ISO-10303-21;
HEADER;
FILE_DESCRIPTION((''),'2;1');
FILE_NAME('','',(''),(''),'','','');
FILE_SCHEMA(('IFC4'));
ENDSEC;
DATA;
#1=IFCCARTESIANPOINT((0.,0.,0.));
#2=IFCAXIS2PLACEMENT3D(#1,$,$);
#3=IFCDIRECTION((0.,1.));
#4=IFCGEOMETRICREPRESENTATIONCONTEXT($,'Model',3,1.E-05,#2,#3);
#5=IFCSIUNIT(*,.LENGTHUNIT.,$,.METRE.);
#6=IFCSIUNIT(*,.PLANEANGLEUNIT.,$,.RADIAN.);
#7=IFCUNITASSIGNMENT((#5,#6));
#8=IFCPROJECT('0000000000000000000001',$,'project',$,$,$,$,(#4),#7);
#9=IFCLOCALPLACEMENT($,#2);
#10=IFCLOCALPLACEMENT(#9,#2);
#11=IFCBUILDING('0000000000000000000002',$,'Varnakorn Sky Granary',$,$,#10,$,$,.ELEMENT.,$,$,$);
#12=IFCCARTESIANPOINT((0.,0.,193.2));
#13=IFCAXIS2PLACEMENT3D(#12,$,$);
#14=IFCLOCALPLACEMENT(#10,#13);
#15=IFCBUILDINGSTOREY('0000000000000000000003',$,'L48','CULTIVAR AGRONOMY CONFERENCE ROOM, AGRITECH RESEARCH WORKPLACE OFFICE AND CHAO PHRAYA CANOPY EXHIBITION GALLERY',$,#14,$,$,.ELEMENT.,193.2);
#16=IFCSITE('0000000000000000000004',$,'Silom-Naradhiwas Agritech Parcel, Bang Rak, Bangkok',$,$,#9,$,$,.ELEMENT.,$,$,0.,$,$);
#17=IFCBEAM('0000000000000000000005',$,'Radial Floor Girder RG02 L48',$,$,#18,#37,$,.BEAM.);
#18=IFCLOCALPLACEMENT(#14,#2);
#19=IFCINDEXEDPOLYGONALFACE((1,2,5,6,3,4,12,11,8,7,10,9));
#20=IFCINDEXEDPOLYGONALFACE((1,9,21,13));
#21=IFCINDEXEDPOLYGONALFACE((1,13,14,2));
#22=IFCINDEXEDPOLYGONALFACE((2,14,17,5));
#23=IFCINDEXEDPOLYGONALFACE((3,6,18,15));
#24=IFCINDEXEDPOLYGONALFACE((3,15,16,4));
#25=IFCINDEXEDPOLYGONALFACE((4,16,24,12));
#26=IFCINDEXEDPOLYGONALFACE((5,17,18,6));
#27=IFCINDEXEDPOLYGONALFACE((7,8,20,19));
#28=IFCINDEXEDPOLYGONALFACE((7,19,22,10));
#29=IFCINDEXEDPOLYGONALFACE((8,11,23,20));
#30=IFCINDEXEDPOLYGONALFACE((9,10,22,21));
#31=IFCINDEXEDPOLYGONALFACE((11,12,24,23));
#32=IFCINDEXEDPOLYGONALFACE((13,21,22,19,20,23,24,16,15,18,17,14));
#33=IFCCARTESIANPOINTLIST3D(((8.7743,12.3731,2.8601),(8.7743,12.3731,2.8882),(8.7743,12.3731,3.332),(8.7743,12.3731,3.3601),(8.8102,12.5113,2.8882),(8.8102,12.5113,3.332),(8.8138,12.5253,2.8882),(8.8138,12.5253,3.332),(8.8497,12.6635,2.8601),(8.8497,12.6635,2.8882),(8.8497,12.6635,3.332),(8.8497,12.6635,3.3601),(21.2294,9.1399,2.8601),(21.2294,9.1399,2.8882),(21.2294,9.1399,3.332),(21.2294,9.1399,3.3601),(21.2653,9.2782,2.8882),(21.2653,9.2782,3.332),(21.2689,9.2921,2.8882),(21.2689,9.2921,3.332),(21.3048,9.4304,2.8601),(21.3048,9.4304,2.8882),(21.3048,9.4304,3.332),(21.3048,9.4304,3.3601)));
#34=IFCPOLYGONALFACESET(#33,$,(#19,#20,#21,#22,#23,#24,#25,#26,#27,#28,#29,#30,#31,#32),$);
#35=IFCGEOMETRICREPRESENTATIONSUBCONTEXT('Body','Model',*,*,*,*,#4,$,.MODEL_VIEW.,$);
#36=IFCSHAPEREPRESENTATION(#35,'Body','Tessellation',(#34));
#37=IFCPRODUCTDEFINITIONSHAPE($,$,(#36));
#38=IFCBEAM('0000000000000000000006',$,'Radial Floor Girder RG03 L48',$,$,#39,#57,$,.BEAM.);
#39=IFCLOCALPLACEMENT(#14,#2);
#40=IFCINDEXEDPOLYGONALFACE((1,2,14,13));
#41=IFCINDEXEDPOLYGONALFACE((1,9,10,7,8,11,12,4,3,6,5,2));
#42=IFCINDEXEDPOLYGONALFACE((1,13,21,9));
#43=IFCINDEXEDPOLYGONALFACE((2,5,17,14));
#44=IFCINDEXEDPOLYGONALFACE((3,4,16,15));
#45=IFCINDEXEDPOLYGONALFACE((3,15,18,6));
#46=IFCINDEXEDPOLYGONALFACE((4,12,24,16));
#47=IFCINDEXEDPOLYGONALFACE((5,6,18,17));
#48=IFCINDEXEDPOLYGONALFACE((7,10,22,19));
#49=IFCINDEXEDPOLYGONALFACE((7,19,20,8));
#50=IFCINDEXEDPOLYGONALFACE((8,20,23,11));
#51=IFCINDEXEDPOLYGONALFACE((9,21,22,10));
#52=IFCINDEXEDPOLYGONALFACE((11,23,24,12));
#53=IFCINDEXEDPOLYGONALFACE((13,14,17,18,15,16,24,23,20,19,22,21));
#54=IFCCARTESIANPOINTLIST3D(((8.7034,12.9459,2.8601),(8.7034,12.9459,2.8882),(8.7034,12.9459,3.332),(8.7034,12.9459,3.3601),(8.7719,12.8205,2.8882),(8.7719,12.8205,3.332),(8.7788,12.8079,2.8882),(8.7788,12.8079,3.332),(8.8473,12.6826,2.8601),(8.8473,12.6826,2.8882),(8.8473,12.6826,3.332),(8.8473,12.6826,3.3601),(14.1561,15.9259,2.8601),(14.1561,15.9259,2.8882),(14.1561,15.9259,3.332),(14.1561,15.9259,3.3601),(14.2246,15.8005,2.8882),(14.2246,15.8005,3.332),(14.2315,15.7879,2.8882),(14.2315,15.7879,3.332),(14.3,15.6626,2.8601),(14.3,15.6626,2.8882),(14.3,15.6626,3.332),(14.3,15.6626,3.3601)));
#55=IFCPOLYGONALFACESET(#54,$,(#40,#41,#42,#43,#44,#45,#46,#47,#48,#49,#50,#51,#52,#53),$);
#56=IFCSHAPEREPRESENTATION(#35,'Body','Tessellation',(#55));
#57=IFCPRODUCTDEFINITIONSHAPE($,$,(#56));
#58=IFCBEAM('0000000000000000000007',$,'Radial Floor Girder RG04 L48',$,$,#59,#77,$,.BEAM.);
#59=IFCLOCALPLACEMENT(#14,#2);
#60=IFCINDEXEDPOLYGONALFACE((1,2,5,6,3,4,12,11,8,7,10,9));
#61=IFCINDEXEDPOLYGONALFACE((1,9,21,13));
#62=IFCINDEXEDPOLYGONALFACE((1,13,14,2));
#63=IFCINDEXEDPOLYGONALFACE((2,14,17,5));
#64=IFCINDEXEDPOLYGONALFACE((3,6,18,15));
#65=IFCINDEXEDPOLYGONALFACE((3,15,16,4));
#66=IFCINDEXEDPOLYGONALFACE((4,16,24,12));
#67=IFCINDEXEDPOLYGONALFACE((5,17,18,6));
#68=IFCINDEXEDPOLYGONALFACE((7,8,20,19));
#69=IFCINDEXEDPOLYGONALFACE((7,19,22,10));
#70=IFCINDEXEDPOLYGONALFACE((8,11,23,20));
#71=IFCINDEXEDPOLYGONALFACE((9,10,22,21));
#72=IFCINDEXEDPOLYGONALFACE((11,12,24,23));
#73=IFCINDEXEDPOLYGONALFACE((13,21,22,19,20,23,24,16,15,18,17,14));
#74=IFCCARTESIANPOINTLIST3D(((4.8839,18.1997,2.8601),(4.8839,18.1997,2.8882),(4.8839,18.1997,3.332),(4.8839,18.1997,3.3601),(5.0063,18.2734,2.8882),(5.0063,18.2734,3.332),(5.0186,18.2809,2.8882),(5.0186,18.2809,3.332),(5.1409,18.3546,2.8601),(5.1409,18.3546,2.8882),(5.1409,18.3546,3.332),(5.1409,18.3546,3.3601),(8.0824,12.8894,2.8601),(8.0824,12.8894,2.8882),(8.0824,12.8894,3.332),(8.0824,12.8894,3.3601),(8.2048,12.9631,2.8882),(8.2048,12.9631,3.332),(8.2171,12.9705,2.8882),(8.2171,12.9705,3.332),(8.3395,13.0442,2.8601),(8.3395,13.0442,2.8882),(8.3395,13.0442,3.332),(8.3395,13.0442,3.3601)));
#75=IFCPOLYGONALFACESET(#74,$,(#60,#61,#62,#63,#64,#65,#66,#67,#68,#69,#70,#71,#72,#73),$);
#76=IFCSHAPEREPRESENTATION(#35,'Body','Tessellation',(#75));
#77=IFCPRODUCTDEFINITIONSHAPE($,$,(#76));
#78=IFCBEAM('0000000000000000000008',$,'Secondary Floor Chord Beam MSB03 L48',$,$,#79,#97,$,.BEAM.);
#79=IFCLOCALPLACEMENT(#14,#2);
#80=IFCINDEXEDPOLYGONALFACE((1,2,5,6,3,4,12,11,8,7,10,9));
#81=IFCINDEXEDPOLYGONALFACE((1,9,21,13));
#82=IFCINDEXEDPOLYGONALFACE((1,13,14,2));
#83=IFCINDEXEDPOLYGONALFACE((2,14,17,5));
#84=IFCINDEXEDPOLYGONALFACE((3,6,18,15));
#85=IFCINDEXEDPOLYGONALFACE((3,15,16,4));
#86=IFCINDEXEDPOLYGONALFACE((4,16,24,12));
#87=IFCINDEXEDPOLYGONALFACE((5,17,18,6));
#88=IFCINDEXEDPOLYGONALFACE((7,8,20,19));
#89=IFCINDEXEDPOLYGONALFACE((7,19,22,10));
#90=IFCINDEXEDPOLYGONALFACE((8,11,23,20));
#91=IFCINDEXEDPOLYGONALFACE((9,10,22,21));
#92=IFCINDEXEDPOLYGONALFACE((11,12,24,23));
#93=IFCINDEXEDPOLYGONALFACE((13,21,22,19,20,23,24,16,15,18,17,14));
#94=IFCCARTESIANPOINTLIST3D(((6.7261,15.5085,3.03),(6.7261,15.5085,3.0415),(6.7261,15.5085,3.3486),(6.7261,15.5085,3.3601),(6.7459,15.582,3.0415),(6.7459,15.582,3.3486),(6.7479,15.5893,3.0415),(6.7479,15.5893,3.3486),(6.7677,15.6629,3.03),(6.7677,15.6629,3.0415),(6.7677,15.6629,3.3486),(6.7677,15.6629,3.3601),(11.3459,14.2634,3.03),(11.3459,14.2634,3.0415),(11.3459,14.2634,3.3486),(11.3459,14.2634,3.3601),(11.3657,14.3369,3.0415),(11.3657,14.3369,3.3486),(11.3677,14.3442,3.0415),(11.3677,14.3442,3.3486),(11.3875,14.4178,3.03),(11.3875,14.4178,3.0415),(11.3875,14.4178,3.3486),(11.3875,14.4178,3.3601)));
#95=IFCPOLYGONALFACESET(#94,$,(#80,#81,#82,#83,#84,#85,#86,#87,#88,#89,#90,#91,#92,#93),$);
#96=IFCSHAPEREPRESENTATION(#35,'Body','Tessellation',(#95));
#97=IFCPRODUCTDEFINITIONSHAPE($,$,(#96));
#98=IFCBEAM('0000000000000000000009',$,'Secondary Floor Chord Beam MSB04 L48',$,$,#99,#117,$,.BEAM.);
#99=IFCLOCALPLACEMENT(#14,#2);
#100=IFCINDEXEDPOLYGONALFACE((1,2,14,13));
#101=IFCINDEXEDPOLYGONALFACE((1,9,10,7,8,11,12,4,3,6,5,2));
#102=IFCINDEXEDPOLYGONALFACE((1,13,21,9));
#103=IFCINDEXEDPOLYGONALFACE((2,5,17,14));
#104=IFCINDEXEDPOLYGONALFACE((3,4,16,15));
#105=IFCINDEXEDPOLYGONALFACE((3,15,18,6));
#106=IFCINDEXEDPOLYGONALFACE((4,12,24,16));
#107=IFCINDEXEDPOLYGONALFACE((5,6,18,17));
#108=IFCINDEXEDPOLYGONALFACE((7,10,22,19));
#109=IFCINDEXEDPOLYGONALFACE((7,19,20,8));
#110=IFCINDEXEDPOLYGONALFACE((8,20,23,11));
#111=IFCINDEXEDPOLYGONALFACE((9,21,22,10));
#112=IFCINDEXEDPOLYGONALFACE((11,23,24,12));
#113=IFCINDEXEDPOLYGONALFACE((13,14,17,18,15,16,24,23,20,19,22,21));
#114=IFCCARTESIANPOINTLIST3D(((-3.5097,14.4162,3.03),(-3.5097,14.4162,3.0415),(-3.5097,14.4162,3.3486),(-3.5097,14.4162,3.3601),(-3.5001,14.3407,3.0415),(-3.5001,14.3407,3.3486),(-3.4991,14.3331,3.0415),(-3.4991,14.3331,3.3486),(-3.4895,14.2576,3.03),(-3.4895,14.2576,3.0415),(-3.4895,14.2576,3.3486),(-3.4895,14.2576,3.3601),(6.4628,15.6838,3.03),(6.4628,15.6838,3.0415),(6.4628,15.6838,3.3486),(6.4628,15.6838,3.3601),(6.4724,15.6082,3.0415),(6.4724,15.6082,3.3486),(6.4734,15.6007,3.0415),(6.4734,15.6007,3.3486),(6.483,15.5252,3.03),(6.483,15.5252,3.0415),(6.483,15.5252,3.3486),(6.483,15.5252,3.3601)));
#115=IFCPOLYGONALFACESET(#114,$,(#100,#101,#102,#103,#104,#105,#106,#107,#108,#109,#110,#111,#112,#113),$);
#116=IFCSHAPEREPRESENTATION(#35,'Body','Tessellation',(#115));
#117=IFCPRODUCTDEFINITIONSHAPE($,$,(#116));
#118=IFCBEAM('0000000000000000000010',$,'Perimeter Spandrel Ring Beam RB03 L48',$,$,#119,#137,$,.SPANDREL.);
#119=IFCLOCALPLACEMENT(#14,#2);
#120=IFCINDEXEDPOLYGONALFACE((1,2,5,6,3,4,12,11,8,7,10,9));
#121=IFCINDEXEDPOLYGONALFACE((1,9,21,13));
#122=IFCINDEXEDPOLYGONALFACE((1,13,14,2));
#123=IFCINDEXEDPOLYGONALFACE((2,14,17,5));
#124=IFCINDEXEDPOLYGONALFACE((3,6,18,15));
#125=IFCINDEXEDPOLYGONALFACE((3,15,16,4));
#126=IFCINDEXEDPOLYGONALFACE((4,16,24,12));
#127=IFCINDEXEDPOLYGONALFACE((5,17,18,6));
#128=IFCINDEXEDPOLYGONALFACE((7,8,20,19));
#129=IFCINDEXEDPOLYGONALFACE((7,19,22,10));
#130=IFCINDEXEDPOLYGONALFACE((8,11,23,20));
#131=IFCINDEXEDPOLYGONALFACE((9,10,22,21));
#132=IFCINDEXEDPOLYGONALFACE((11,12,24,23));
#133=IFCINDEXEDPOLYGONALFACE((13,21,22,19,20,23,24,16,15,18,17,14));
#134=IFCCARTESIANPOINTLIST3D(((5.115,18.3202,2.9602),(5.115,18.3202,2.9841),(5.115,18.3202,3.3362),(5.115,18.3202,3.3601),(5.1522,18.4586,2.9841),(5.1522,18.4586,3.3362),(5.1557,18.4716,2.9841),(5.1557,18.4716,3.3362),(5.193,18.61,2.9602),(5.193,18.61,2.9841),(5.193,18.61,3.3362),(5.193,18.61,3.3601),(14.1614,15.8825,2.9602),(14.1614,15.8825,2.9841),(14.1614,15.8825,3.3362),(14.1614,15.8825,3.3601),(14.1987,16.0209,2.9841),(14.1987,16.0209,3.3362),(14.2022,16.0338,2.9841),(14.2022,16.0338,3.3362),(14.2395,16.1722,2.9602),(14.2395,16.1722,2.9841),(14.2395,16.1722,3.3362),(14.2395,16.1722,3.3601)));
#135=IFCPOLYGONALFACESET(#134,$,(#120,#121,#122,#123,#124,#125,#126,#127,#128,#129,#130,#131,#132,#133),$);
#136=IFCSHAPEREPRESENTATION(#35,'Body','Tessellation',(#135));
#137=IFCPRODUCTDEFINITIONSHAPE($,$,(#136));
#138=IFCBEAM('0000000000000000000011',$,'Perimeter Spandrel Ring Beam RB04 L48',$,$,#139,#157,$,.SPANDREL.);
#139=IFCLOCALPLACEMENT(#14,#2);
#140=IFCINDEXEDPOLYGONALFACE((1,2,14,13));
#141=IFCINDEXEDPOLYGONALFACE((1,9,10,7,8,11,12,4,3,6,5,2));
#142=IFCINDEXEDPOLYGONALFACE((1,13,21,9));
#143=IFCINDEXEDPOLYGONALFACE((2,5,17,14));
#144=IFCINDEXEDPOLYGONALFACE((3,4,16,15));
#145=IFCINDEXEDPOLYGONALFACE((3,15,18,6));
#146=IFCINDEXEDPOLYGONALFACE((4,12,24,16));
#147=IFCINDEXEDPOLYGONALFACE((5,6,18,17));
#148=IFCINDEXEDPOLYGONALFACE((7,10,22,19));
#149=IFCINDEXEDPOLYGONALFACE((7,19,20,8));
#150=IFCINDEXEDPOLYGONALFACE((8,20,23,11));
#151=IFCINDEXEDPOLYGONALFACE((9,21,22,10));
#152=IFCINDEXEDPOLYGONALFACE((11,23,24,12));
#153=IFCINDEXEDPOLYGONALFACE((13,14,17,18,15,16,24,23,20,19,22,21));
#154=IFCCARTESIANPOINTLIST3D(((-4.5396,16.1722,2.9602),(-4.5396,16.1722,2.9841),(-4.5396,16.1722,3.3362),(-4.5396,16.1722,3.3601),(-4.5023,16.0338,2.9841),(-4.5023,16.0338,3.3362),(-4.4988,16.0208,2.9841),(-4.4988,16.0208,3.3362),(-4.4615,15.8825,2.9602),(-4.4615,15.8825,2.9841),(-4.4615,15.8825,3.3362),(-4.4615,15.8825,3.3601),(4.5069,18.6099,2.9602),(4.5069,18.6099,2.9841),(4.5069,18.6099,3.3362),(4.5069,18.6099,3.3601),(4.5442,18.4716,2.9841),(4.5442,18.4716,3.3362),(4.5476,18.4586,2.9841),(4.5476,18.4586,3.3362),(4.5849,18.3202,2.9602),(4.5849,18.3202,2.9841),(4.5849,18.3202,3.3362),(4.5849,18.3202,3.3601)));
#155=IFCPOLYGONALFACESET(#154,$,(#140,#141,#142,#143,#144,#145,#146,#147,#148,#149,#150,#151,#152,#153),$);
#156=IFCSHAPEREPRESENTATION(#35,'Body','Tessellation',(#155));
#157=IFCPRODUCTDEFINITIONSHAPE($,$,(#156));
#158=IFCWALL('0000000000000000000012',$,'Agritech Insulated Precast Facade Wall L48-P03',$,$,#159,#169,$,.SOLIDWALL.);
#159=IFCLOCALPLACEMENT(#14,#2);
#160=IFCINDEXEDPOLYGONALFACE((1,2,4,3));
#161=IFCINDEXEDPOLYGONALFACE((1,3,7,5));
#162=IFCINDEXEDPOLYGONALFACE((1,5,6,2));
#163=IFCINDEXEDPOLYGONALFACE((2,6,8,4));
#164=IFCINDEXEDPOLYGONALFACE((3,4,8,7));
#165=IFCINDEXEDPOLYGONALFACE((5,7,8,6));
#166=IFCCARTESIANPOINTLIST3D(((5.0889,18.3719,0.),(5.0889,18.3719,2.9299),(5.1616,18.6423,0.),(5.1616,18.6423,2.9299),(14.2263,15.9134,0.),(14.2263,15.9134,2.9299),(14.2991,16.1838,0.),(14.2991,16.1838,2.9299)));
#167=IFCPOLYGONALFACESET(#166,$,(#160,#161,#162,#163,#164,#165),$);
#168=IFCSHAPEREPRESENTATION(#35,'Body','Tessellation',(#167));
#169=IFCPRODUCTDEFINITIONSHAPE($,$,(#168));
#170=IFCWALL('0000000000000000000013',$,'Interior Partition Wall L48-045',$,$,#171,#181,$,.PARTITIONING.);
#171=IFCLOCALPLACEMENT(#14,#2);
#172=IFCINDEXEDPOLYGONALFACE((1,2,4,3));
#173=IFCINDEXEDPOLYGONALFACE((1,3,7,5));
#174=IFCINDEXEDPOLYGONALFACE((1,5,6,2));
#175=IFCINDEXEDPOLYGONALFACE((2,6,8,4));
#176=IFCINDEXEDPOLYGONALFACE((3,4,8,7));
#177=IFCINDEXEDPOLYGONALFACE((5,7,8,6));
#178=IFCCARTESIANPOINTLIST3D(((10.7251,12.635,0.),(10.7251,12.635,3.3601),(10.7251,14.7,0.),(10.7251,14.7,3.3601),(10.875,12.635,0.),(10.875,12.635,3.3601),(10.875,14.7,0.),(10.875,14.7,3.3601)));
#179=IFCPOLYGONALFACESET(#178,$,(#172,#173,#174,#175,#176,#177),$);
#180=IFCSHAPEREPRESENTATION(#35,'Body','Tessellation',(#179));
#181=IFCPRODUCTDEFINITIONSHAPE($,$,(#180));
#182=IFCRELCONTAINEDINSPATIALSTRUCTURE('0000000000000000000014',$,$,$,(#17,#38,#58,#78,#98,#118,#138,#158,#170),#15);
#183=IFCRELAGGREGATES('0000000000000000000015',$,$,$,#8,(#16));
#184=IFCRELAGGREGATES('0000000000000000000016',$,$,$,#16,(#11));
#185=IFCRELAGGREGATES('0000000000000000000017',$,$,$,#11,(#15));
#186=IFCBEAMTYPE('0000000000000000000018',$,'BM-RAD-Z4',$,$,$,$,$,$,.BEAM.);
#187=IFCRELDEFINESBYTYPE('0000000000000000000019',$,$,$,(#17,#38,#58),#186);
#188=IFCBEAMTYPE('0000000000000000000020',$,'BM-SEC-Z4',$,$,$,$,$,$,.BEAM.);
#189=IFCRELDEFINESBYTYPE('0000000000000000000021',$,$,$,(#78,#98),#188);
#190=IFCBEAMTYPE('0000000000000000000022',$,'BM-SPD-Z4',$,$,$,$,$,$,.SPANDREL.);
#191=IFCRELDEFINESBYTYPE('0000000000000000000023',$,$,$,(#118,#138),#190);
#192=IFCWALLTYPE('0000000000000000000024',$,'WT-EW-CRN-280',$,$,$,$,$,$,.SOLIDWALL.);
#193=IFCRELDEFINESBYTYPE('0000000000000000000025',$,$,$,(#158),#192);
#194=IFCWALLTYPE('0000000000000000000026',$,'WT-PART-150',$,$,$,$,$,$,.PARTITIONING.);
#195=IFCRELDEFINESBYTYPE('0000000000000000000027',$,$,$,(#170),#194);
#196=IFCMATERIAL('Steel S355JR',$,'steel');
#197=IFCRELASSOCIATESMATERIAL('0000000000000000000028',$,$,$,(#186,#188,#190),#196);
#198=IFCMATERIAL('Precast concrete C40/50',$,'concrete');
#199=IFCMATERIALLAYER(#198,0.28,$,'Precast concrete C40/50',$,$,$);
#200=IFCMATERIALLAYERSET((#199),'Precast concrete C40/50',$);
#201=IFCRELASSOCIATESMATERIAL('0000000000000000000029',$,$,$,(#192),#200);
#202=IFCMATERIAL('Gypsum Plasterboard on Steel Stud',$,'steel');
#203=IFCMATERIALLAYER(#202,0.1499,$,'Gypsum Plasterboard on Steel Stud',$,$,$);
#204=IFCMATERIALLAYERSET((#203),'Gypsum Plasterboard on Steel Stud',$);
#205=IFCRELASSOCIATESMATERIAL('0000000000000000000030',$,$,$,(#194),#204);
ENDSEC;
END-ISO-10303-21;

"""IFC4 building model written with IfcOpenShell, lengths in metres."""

from ifc_helpers import new_model, si_unit, direction, frame, frame_2d, origin, origin_2d, place, context, subcontext, project, spatial, rectangle, i_section, extrude, material, layer, layer_set, material_profile, profile_set, type_object, element, save


model = new_model("IFC4")

# Units and contexts
model_context = context("Model", 3, precision=1e-05, world=origin(), true_north=direction((0.0, 1.0)))
body_context = subcontext(model_context, "Body", "Model", "MODEL_VIEW")
ifc_project = project(units=[si_unit("LENGTHUNIT", "METRE"), si_unit("PLANEANGLEUNIT", "RADIAN")], contexts=[model_context])

# Site, building, storey
site_placement = place(None, origin())
site = spatial("IfcSite", under=ifc_project, at=site_placement, Name="Silom-Naradhiwas Agritech Parcel, Bang Rak, Bangkok", CompositionType="ELEMENT", RefElevation=0.0)
building_placement = place(site_placement, origin())
building = spatial("IfcBuilding", under=site, at=building_placement, Name="Varnakorn Sky Granary", CompositionType="ELEMENT")
storey_placement = place(building_placement, frame((0.0, 0.0, 193.2)))
storey = spatial("IfcBuildingStorey", under=building, at=storey_placement, Name="L48", Description="CULTIVAR AGRONOMY CONFERENCE ROOM, AGRITECH RESEARCH WORKPLACE OFFICE AND CHAO PHRAYA CANOPY EXHIBITION GALLERY", CompositionType="ELEMENT", Elevation=193.2)

# Beams
ifc_material_1 = material(Name="Steel S355JR", Category="steel")
ifc_material_profile_1 = material_profile(ifc_material_1, i_section(OverallWidth=0.3, OverallDepth=0.5, WebThickness=0.0144, FlangeThickness=0.0281, at=origin_2d()), Name="HE 500 B")
ifc_profile_set_1 = profile_set([ifc_material_profile_1], Name="Steel S355JR")
beam_type_1 = type_object("IfcBeamType", Name="BM-RAD-Z4", PredefinedType="BEAM", material=ifc_profile_set_1)
beam_1_placement = place(storey_placement, frame((8.812, 12.5183, 3.1101), z_axis=(0.96792, -0.251258, 0.0), x_axis=(0.251258, 0.96792, 0.0)))
element("IfcBeam", 1, at=beam_1_placement, inside=storey, type_object=beam_type_1, Name="Radial Floor Girder RG02 L48", PredefinedType="BEAM", context=body_context, shape_type="SweptSolid", body=[
    extrude(i_section(OverallWidth=0.3, OverallDepth=0.5, WebThickness=0.0144, FlangeThickness=0.0281, at=origin_2d()), origin(), (0.0, 0.0, 1.0), 12.8679),
])
beam_2_placement = place(storey_placement, frame((8.7754, 12.8142, 3.1101), z_axis=(0.877502, 0.479573, 0.0), x_axis=(-0.479573, 0.877502, 0.0)))
element("IfcBeam", 2, at=beam_2_placement, inside=storey, type_object=beam_type_1, Name="Radial Floor Girder RG03 L48", PredefinedType="BEAM", context=body_context, shape_type="SweptSolid", body=[
    extrude(i_section(OverallWidth=0.3, OverallDepth=0.5, WebThickness=0.0144, FlangeThickness=0.0281, at=origin_2d()), origin(), (0.0, 0.0, 1.0), 6.2139),
])
beam_3_placement = place(storey_placement, frame((8.2109, 12.9668, 3.1101), z_axis=(-0.515954, 0.856616, 0.0), x_axis=(-0.856616, -0.515954, 0.0)))
element("IfcBeam", 3, at=beam_3_placement, inside=storey, type_object=beam_type_1, Name="Radial Floor Girder RG04 L48", PredefinedType="BEAM", context=body_context, shape_type="SweptSolid", body=[
    extrude(i_section(OverallWidth=0.3, OverallDepth=0.5, WebThickness=0.0144, FlangeThickness=0.0281, at=origin_2d()), origin(), (0.0, 0.0, 1.0), 6.1992),
])
ifc_material_profile_2 = material_profile(ifc_material_1, i_section(OverallWidth=0.1599, OverallDepth=0.3301, WebThickness=0.0076, FlangeThickness=0.0115, at=origin_2d()), Name="IPE 330")
ifc_profile_set_2 = profile_set([ifc_material_profile_2], Name="Steel S355JR")
beam_type_2 = type_object("IfcBeamType", Name="BM-SEC-Z4", PredefinedType="BEAM", material=ifc_profile_set_2)
beam_4_placement = place(storey_placement, frame((11.3667, 14.3406, 3.1951), z_axis=(-0.965547, 0.260228, 0.0), x_axis=(-0.260228, -0.965547, 0.0)))
element("IfcBeam", 4, at=beam_4_placement, inside=storey, type_object=beam_type_2, Name="Secondary Floor Chord Beam MSB03 L48", PredefinedType="BEAM", context=body_context, shape_type="SweptSolid", body=[
    extrude(i_section(OverallWidth=0.1599, OverallDepth=0.3301, WebThickness=0.0076, FlangeThickness=0.0115, at=origin_2d()), origin(), (0.0, 0.0, 1.0), 4.7847),
])
beam_5_placement = place(storey_placement, frame((6.4729, 15.6045, 3.1951), z_axis=(-0.992018, -0.126094, 0.0), x_axis=(0.126094, -0.992018, 0.0)))
element("IfcBeam", 5, at=beam_5_placement, inside=storey, type_object=beam_type_2, Name="Secondary Floor Chord Beam MSB04 L48", PredefinedType="BEAM", context=body_context, shape_type="SweptSolid", body=[
    extrude(i_section(OverallWidth=0.1599, OverallDepth=0.3301, WebThickness=0.0076, FlangeThickness=0.0115, at=origin_2d()), origin(), (0.0, 0.0, 1.0), 10.0527),
])
ifc_material_profile_3 = material_profile(ifc_material_1, i_section(OverallWidth=0.3, OverallDepth=0.3999, WebThickness=0.0134, FlangeThickness=0.0239, at=origin_2d()), Name="HE 400 B")
ifc_profile_set_3 = profile_set([ifc_material_profile_3], Name="Steel S355JR")
beam_type_3 = type_object("IfcBeamType", Name="BM-SPD-Z4", PredefinedType="SPANDREL", material=ifc_profile_set_3)
for number, where, z_axis, x_axis, name in (
    (6, (14.2004, 16.0273, 3.1602), (-0.965557, 0.26019, 0.0), (-0.26019, -0.965557, 0.0), "Perimeter Spandrel Ring Beam RB03 L48"),
    (7, (4.5459, 18.4651, 3.1602), (-0.965557, -0.26019, 0.0), (0.26019, -0.965557, 0.0), "Perimeter Spandrel Ring Beam RB04 L48"),
):
    element("IfcBeam", number, at=place(storey_placement, frame(where, z_axis=z_axis, x_axis=x_axis)), inside=storey, type_object=beam_type_3, Name=name, PredefinedType="SPANDREL", context=body_context, shape_type="SweptSolid", body=[
        extrude(i_section(OverallWidth=0.3, OverallDepth=0.3999, WebThickness=0.0134, FlangeThickness=0.0239, at=origin_2d()), origin(), (0.0, 0.0, 1.0), 9.3691),
    ])

# Walls
ifc_material_2 = material(Name="Precast concrete C40/50", Category="concrete")
ifc_layer_1 = layer(ifc_material_2, 0.28, Name="Precast concrete C40/50")
ifc_layer_set_1 = layer_set([ifc_layer_1], Name="Precast concrete C40/50")
wall_type_1 = type_object("IfcWallType", Name="WT-EW-CRN-280", PredefinedType="SOLIDWALL", material=ifc_layer_set_1)
wall_1_placement = place(storey_placement, frame((5.1252, 18.5071, 0.0), z_axis=(0.0, 0.0, 1.0), x_axis=(0.965658, -0.259817, 0.0)))
element("IfcWall", 8, at=wall_1_placement, inside=storey, type_object=wall_type_1, Name="Agritech Insulated Precast Facade Wall L48-P03", PredefinedType="SOLIDWALL", context=body_context, shape_type="SweptSolid", body=[
    extrude(rectangle(XDim=9.4624, YDim=0.28, at=frame_2d((4.7312, 0.0))), origin(), (0.0, 0.0, 1.0), 2.9299),
])
ifc_material_3 = material(Name="Gypsum Plasterboard on Steel Stud", Category="steel")
ifc_layer_2 = layer(ifc_material_3, 0.1499, Name="Gypsum Plasterboard on Steel Stud")
ifc_layer_set_2 = layer_set([ifc_layer_2], Name="Gypsum Plasterboard on Steel Stud")
wall_type_2 = type_object("IfcWallType", Name="WT-PART-150", PredefinedType="PARTITIONING", material=ifc_layer_set_2)
wall_2_placement = place(storey_placement, frame((10.8, 12.635, 0.0), z_axis=(0.0, 0.0, 1.0), x_axis=(0.0, 1.0, 0.0)))
element("IfcWall", 9, at=wall_2_placement, inside=storey, type_object=wall_type_2, Name="Interior Partition Wall L48-045", PredefinedType="PARTITIONING", context=body_context, shape_type="SweptSolid", body=[
    extrude(rectangle(XDim=2.0649, YDim=0.1499, at=frame_2d((1.0325, 0.0))), origin(), (0.0, 0.0, 1.0), 3.3601),
])

save(model, "model.ifc")
